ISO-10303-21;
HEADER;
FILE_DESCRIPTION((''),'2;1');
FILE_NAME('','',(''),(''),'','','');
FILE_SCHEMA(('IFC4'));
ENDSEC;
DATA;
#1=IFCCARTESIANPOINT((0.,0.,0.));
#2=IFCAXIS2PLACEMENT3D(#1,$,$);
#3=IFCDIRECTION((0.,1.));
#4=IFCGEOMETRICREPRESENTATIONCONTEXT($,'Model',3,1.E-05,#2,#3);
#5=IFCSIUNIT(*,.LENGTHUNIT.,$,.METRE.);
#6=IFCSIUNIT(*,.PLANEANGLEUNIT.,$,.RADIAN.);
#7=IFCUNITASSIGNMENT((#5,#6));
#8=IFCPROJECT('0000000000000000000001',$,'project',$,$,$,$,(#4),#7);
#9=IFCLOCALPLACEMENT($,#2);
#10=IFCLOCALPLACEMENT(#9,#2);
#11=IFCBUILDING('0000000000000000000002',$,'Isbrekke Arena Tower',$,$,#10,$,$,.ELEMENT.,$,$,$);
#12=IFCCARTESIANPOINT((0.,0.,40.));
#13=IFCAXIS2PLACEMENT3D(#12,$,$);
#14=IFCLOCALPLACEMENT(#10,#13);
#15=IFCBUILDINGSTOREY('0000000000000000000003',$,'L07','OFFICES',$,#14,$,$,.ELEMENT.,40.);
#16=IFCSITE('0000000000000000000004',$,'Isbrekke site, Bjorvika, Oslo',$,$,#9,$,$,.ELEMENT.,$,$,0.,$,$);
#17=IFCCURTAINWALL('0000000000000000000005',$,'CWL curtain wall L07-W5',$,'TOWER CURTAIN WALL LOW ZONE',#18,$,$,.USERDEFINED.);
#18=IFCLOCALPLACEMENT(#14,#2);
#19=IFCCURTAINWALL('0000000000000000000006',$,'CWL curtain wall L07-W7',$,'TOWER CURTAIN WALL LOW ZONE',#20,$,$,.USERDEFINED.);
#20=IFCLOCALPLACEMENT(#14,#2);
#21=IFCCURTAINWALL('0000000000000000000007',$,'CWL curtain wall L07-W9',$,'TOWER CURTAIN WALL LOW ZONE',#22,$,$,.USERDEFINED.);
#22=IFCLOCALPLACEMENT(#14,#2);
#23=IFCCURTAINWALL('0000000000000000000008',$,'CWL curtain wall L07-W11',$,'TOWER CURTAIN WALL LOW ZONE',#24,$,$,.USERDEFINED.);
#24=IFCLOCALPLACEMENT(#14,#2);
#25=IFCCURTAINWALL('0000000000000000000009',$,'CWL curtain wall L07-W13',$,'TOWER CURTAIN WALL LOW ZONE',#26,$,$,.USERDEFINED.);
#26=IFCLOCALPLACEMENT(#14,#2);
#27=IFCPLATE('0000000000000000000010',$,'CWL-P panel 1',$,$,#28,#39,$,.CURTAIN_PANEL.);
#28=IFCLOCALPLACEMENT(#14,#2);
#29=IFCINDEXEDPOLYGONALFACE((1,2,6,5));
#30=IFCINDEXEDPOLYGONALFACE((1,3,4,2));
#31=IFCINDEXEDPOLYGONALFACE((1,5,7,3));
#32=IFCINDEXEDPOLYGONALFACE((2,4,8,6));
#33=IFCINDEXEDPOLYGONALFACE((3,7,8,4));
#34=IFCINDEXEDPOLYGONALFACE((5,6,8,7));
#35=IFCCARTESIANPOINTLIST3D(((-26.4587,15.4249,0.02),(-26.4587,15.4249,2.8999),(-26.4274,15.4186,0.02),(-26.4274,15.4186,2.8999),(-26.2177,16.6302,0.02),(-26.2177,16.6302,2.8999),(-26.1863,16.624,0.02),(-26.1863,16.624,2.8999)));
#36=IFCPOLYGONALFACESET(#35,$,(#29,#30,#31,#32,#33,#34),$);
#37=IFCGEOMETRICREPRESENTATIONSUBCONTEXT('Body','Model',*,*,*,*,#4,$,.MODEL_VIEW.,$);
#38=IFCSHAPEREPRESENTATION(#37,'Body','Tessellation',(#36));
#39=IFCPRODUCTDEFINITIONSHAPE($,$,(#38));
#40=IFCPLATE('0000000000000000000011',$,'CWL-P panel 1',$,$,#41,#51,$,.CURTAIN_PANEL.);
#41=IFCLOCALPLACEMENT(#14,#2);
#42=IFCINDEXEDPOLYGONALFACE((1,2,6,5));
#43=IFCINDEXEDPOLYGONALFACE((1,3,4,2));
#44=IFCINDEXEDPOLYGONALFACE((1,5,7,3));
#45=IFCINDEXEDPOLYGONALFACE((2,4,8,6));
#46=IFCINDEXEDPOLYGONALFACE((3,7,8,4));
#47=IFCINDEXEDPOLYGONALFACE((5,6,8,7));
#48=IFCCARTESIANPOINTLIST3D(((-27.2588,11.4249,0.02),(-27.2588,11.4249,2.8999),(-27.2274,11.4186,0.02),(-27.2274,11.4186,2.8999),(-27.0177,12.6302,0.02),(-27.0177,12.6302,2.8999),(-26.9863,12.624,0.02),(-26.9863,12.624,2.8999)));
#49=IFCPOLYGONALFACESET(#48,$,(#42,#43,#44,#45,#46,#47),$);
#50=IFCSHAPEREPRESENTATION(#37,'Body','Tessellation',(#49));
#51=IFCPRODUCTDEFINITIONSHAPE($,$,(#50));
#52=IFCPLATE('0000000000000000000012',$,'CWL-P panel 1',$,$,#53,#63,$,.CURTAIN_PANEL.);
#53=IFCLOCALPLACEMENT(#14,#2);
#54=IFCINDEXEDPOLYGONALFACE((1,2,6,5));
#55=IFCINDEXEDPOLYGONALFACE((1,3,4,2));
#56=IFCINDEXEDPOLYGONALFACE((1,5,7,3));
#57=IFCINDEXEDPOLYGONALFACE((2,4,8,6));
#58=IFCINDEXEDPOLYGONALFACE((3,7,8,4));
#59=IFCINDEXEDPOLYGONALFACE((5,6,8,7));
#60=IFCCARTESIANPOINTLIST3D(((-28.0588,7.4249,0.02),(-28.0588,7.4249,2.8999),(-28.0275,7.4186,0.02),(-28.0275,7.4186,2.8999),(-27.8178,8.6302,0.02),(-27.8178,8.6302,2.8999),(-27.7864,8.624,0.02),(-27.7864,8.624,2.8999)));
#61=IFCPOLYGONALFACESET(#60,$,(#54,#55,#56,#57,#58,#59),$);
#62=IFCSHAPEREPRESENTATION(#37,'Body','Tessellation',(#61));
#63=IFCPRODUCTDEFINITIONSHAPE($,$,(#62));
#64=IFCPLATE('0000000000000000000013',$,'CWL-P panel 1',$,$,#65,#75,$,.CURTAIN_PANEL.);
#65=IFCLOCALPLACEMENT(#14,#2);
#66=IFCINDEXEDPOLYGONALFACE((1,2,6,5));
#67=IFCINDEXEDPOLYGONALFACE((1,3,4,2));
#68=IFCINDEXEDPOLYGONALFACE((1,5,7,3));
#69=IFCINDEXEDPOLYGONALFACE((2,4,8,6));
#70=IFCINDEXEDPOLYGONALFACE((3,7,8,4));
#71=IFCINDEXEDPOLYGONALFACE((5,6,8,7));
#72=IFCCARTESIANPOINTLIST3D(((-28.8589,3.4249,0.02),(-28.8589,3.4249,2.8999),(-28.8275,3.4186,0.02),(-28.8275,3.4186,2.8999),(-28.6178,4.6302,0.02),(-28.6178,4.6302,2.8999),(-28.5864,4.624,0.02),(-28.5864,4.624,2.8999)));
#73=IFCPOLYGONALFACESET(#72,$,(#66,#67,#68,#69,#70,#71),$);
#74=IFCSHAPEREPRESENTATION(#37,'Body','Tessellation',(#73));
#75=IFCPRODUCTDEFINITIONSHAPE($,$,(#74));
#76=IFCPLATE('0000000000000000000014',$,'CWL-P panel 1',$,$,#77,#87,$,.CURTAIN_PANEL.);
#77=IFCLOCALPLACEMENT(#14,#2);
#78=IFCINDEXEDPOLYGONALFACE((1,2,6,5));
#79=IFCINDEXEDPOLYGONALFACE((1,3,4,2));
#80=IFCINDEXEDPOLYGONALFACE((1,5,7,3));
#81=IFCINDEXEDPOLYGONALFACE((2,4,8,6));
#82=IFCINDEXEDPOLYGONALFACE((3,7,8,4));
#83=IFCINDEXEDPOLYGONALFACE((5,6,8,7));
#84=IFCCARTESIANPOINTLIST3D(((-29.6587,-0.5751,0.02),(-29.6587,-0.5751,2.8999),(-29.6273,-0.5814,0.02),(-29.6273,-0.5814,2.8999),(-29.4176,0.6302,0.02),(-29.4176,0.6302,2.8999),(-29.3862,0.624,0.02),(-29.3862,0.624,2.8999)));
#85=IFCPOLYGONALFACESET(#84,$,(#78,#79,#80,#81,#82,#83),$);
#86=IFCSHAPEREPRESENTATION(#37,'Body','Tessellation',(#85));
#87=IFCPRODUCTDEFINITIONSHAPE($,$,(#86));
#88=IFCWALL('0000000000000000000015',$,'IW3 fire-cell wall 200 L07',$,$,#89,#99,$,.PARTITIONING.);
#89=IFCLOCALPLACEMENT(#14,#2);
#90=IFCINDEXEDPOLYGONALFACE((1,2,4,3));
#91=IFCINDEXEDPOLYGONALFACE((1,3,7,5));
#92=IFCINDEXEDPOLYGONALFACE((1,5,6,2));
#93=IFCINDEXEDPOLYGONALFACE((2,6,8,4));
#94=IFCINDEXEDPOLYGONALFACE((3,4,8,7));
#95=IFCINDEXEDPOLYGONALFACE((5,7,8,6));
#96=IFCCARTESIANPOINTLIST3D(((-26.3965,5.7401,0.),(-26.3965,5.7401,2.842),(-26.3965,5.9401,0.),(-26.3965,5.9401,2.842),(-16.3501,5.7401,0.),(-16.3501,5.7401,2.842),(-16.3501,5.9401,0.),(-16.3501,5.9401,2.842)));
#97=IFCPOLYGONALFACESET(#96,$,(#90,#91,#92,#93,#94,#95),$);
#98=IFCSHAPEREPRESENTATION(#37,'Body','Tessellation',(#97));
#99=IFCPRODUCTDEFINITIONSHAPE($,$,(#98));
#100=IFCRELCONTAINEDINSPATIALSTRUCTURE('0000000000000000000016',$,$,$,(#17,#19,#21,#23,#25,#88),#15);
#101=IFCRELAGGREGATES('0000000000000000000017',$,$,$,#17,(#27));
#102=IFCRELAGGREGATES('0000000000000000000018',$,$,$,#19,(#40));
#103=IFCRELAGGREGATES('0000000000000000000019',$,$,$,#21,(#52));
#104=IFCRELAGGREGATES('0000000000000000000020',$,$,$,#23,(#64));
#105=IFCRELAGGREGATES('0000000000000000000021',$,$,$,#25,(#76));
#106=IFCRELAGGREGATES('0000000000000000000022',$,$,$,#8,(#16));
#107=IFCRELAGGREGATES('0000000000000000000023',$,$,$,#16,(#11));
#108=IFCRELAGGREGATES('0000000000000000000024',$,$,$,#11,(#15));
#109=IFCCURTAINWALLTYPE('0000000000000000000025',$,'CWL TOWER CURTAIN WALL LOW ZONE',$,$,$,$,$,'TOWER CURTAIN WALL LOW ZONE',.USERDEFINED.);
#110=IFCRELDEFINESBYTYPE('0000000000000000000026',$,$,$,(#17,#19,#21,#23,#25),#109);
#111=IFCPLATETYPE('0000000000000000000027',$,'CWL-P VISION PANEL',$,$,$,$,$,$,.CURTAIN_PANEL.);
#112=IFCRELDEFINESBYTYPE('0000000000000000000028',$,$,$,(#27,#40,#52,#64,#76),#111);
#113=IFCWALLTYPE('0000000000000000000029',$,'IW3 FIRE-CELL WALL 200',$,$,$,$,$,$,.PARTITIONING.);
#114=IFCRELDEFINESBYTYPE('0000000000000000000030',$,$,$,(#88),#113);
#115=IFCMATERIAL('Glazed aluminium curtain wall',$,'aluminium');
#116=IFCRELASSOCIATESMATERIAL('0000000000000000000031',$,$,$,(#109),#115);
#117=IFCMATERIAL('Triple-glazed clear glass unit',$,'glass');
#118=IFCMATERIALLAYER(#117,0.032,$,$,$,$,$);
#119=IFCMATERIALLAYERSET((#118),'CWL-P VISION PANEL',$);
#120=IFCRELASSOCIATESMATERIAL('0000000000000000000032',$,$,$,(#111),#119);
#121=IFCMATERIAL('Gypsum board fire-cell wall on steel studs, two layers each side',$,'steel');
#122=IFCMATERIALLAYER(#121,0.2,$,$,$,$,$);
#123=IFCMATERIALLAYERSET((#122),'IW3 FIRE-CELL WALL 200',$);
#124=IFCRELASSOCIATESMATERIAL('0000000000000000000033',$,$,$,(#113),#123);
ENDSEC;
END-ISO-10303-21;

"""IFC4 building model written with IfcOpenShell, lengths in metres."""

from ifc_helpers import new_model, si_unit, direction, frame, frame_2d, origin, origin_2d, place, context, subcontext, project, spatial, rectangle, extrude, material, layer, layer_set, type_object, element, aggregate, save


model = new_model("IFC4")

# Units and contexts
model_context = context("Model", 3, precision=1e-05, world=origin(), true_north=direction((0.0, 1.0)))
body_context = subcontext(model_context, "Body", "Model", "MODEL_VIEW")
ifc_project = project(units=[si_unit("LENGTHUNIT", "METRE"), si_unit("PLANEANGLEUNIT", "RADIAN")], contexts=[model_context])

# Site, building, storey
site_placement = place(None, origin())
site = spatial("IfcSite", under=ifc_project, at=site_placement, Name="Isbrekke site, Bjorvika, Oslo", CompositionType="ELEMENT", RefElevation=0.0)
building_placement = place(site_placement, origin())
building = spatial("IfcBuilding", under=site, at=building_placement, Name="Isbrekke Arena Tower", CompositionType="ELEMENT")
storey_placement = place(building_placement, frame((0.0, 0.0, 40.0)))
storey = spatial("IfcBuildingStorey", under=building, at=storey_placement, Name="L07", Description="OFFICES", CompositionType="ELEMENT", Elevation=40.0)

# Curtain walls
ifc_material_1 = material(Name="Glazed aluminium curtain wall", Category="aluminium")
curtain_wall_type = type_object("IfcCurtainWallType", Name="CWL TOWER CURTAIN WALL LOW ZONE", ElementType="TOWER CURTAIN WALL LOW ZONE", PredefinedType="USERDEFINED", material=ifc_material_1)
curtain_wall_1_placement = place(storey_placement, origin())
curtain_wall_1 = element("IfcCurtainWall", 1, at=curtain_wall_1_placement, inside=storey, type_object=curtain_wall_type, Name="CWL curtain wall L07-W5", ObjectType="TOWER CURTAIN WALL LOW ZONE", PredefinedType="USERDEFINED")
curtain_wall_2_placement = place(storey_placement, origin())
curtain_wall_2 = element("IfcCurtainWall", 2, at=curtain_wall_2_placement, inside=storey, type_object=curtain_wall_type, Name="CWL curtain wall L07-W7", ObjectType="TOWER CURTAIN WALL LOW ZONE", PredefinedType="USERDEFINED")
curtain_wall_3_placement = place(storey_placement, origin())
curtain_wall_3 = element("IfcCurtainWall", 3, at=curtain_wall_3_placement, inside=storey, type_object=curtain_wall_type, Name="CWL curtain wall L07-W9", ObjectType="TOWER CURTAIN WALL LOW ZONE", PredefinedType="USERDEFINED")
curtain_wall_4_placement = place(storey_placement, origin())
curtain_wall_4 = element("IfcCurtainWall", 4, at=curtain_wall_4_placement, inside=storey, type_object=curtain_wall_type, Name="CWL curtain wall L07-W11", ObjectType="TOWER CURTAIN WALL LOW ZONE", PredefinedType="USERDEFINED")
curtain_wall_5_placement = place(storey_placement, origin())
curtain_wall_5 = element("IfcCurtainWall", 5, at=curtain_wall_5_placement, inside=storey, type_object=curtain_wall_type, Name="CWL curtain wall L07-W13", ObjectType="TOWER CURTAIN WALL LOW ZONE", PredefinedType="USERDEFINED")

# Plates
ifc_material_2 = material(Name="Triple-glazed clear glass unit", Category="glass")
ifc_layer_1 = layer(ifc_material_2, 0.032)
ifc_layer_set_1 = layer_set([ifc_layer_1], Name="CWL-P VISION PANEL")
plate_type = type_object("IfcPlateType", Name="CWL-P VISION PANEL", PredefinedType="CURTAIN_PANEL", material=ifc_layer_set_1)
plate_1_placement = place(storey_placement, frame((-26.3225, 16.0244, 0.02), z_axis=(0.0, 0.0, 1.0), x_axis=(-0.196116, -0.980581, 0.0)))
plate_1 = element("IfcPlate", 6, at=plate_1_placement, type_object=plate_type, Name="CWL-P panel 1", PredefinedType="CURTAIN_PANEL", context=body_context, shape_type="SweptSolid", body=[
    extrude(rectangle(XDim=1.2292, YDim=0.032, at=origin_2d()), origin(), (0.0, 0.0, 1.0), 2.8799),
])
aggregate(curtain_wall_1, [plate_1])
plate_2_placement = place(storey_placement, frame((-27.1226, 12.0244, 0.02), z_axis=(0.0, 0.0, 1.0), x_axis=(-0.196116, -0.980581, 0.0)))
plate_2 = element("IfcPlate", 7, at=plate_2_placement, type_object=plate_type, Name="CWL-P panel 1", PredefinedType="CURTAIN_PANEL", context=body_context, shape_type="SweptSolid", body=[
    extrude(rectangle(XDim=1.2292, YDim=0.032, at=origin_2d()), origin(), (0.0, 0.0, 1.0), 2.8799),
])
aggregate(curtain_wall_2, [plate_2])
plate_3_placement = place(storey_placement, frame((-27.9226, 8.0244, 0.02), z_axis=(0.0, 0.0, 1.0), x_axis=(-0.196116, -0.980581, 0.0)))
plate_3 = element("IfcPlate", 8, at=plate_3_placement, type_object=plate_type, Name="CWL-P panel 1", PredefinedType="CURTAIN_PANEL", context=body_context, shape_type="SweptSolid", body=[
    extrude(rectangle(XDim=1.2292, YDim=0.032, at=origin_2d()), origin(), (0.0, 0.0, 1.0), 2.8799),
])
aggregate(curtain_wall_3, [plate_3])
plate_4_placement = place(storey_placement, frame((-28.7227, 4.0244, 0.02), z_axis=(0.0, 0.0, 1.0), x_axis=(-0.196116, -0.980581, 0.0)))
plate_4 = element("IfcPlate", 9, at=plate_4_placement, type_object=plate_type, Name="CWL-P panel 1", PredefinedType="CURTAIN_PANEL", context=body_context, shape_type="SweptSolid", body=[
    extrude(rectangle(XDim=1.2292, YDim=0.032, at=origin_2d()), origin(), (0.0, 0.0, 1.0), 2.8799),
])
aggregate(curtain_wall_4, [plate_4])
plate_5_placement = place(storey_placement, frame((-29.5225, 0.0244, 0.02), z_axis=(0.0, 0.0, 1.0), x_axis=(-0.196116, -0.980581, 0.0)))
plate_5 = element("IfcPlate", 10, at=plate_5_placement, type_object=plate_type, Name="CWL-P panel 1", PredefinedType="CURTAIN_PANEL", context=body_context, shape_type="SweptSolid", body=[
    extrude(rectangle(XDim=1.2292, YDim=0.032, at=origin_2d()), origin(), (0.0, 0.0, 1.0), 2.8799),
])
aggregate(curtain_wall_5, [plate_5])

# Wall
ifc_material_3 = material(Name="Gypsum board fire-cell wall on steel studs, two layers each side", Category="steel")
ifc_layer_2 = layer(ifc_material_3, 0.2)
ifc_layer_set_2 = layer_set([ifc_layer_2], Name="IW3 FIRE-CELL WALL 200")
wall_type = type_object("IfcWallType", Name="IW3 FIRE-CELL WALL 200", PredefinedType="PARTITIONING", material=ifc_layer_set_2)
wall_placement = place(storey_placement, frame((-26.3965, 5.8401, 0.0), z_axis=(0.0, 0.0, 1.0), x_axis=(1.0, 0.0, 0.0)))
element("IfcWall", 11, at=wall_placement, inside=storey, type_object=wall_type, Name="IW3 fire-cell wall 200 L07", PredefinedType="PARTITIONING", context=body_context, shape_type="SweptSolid", body=[
    extrude(rectangle(XDim=10.0464, YDim=0.2, at=frame_2d((5.0232, 0.0))), origin(), (0.0, 0.0, 1.0), 2.842),
])

save(model, "model.ifc")
